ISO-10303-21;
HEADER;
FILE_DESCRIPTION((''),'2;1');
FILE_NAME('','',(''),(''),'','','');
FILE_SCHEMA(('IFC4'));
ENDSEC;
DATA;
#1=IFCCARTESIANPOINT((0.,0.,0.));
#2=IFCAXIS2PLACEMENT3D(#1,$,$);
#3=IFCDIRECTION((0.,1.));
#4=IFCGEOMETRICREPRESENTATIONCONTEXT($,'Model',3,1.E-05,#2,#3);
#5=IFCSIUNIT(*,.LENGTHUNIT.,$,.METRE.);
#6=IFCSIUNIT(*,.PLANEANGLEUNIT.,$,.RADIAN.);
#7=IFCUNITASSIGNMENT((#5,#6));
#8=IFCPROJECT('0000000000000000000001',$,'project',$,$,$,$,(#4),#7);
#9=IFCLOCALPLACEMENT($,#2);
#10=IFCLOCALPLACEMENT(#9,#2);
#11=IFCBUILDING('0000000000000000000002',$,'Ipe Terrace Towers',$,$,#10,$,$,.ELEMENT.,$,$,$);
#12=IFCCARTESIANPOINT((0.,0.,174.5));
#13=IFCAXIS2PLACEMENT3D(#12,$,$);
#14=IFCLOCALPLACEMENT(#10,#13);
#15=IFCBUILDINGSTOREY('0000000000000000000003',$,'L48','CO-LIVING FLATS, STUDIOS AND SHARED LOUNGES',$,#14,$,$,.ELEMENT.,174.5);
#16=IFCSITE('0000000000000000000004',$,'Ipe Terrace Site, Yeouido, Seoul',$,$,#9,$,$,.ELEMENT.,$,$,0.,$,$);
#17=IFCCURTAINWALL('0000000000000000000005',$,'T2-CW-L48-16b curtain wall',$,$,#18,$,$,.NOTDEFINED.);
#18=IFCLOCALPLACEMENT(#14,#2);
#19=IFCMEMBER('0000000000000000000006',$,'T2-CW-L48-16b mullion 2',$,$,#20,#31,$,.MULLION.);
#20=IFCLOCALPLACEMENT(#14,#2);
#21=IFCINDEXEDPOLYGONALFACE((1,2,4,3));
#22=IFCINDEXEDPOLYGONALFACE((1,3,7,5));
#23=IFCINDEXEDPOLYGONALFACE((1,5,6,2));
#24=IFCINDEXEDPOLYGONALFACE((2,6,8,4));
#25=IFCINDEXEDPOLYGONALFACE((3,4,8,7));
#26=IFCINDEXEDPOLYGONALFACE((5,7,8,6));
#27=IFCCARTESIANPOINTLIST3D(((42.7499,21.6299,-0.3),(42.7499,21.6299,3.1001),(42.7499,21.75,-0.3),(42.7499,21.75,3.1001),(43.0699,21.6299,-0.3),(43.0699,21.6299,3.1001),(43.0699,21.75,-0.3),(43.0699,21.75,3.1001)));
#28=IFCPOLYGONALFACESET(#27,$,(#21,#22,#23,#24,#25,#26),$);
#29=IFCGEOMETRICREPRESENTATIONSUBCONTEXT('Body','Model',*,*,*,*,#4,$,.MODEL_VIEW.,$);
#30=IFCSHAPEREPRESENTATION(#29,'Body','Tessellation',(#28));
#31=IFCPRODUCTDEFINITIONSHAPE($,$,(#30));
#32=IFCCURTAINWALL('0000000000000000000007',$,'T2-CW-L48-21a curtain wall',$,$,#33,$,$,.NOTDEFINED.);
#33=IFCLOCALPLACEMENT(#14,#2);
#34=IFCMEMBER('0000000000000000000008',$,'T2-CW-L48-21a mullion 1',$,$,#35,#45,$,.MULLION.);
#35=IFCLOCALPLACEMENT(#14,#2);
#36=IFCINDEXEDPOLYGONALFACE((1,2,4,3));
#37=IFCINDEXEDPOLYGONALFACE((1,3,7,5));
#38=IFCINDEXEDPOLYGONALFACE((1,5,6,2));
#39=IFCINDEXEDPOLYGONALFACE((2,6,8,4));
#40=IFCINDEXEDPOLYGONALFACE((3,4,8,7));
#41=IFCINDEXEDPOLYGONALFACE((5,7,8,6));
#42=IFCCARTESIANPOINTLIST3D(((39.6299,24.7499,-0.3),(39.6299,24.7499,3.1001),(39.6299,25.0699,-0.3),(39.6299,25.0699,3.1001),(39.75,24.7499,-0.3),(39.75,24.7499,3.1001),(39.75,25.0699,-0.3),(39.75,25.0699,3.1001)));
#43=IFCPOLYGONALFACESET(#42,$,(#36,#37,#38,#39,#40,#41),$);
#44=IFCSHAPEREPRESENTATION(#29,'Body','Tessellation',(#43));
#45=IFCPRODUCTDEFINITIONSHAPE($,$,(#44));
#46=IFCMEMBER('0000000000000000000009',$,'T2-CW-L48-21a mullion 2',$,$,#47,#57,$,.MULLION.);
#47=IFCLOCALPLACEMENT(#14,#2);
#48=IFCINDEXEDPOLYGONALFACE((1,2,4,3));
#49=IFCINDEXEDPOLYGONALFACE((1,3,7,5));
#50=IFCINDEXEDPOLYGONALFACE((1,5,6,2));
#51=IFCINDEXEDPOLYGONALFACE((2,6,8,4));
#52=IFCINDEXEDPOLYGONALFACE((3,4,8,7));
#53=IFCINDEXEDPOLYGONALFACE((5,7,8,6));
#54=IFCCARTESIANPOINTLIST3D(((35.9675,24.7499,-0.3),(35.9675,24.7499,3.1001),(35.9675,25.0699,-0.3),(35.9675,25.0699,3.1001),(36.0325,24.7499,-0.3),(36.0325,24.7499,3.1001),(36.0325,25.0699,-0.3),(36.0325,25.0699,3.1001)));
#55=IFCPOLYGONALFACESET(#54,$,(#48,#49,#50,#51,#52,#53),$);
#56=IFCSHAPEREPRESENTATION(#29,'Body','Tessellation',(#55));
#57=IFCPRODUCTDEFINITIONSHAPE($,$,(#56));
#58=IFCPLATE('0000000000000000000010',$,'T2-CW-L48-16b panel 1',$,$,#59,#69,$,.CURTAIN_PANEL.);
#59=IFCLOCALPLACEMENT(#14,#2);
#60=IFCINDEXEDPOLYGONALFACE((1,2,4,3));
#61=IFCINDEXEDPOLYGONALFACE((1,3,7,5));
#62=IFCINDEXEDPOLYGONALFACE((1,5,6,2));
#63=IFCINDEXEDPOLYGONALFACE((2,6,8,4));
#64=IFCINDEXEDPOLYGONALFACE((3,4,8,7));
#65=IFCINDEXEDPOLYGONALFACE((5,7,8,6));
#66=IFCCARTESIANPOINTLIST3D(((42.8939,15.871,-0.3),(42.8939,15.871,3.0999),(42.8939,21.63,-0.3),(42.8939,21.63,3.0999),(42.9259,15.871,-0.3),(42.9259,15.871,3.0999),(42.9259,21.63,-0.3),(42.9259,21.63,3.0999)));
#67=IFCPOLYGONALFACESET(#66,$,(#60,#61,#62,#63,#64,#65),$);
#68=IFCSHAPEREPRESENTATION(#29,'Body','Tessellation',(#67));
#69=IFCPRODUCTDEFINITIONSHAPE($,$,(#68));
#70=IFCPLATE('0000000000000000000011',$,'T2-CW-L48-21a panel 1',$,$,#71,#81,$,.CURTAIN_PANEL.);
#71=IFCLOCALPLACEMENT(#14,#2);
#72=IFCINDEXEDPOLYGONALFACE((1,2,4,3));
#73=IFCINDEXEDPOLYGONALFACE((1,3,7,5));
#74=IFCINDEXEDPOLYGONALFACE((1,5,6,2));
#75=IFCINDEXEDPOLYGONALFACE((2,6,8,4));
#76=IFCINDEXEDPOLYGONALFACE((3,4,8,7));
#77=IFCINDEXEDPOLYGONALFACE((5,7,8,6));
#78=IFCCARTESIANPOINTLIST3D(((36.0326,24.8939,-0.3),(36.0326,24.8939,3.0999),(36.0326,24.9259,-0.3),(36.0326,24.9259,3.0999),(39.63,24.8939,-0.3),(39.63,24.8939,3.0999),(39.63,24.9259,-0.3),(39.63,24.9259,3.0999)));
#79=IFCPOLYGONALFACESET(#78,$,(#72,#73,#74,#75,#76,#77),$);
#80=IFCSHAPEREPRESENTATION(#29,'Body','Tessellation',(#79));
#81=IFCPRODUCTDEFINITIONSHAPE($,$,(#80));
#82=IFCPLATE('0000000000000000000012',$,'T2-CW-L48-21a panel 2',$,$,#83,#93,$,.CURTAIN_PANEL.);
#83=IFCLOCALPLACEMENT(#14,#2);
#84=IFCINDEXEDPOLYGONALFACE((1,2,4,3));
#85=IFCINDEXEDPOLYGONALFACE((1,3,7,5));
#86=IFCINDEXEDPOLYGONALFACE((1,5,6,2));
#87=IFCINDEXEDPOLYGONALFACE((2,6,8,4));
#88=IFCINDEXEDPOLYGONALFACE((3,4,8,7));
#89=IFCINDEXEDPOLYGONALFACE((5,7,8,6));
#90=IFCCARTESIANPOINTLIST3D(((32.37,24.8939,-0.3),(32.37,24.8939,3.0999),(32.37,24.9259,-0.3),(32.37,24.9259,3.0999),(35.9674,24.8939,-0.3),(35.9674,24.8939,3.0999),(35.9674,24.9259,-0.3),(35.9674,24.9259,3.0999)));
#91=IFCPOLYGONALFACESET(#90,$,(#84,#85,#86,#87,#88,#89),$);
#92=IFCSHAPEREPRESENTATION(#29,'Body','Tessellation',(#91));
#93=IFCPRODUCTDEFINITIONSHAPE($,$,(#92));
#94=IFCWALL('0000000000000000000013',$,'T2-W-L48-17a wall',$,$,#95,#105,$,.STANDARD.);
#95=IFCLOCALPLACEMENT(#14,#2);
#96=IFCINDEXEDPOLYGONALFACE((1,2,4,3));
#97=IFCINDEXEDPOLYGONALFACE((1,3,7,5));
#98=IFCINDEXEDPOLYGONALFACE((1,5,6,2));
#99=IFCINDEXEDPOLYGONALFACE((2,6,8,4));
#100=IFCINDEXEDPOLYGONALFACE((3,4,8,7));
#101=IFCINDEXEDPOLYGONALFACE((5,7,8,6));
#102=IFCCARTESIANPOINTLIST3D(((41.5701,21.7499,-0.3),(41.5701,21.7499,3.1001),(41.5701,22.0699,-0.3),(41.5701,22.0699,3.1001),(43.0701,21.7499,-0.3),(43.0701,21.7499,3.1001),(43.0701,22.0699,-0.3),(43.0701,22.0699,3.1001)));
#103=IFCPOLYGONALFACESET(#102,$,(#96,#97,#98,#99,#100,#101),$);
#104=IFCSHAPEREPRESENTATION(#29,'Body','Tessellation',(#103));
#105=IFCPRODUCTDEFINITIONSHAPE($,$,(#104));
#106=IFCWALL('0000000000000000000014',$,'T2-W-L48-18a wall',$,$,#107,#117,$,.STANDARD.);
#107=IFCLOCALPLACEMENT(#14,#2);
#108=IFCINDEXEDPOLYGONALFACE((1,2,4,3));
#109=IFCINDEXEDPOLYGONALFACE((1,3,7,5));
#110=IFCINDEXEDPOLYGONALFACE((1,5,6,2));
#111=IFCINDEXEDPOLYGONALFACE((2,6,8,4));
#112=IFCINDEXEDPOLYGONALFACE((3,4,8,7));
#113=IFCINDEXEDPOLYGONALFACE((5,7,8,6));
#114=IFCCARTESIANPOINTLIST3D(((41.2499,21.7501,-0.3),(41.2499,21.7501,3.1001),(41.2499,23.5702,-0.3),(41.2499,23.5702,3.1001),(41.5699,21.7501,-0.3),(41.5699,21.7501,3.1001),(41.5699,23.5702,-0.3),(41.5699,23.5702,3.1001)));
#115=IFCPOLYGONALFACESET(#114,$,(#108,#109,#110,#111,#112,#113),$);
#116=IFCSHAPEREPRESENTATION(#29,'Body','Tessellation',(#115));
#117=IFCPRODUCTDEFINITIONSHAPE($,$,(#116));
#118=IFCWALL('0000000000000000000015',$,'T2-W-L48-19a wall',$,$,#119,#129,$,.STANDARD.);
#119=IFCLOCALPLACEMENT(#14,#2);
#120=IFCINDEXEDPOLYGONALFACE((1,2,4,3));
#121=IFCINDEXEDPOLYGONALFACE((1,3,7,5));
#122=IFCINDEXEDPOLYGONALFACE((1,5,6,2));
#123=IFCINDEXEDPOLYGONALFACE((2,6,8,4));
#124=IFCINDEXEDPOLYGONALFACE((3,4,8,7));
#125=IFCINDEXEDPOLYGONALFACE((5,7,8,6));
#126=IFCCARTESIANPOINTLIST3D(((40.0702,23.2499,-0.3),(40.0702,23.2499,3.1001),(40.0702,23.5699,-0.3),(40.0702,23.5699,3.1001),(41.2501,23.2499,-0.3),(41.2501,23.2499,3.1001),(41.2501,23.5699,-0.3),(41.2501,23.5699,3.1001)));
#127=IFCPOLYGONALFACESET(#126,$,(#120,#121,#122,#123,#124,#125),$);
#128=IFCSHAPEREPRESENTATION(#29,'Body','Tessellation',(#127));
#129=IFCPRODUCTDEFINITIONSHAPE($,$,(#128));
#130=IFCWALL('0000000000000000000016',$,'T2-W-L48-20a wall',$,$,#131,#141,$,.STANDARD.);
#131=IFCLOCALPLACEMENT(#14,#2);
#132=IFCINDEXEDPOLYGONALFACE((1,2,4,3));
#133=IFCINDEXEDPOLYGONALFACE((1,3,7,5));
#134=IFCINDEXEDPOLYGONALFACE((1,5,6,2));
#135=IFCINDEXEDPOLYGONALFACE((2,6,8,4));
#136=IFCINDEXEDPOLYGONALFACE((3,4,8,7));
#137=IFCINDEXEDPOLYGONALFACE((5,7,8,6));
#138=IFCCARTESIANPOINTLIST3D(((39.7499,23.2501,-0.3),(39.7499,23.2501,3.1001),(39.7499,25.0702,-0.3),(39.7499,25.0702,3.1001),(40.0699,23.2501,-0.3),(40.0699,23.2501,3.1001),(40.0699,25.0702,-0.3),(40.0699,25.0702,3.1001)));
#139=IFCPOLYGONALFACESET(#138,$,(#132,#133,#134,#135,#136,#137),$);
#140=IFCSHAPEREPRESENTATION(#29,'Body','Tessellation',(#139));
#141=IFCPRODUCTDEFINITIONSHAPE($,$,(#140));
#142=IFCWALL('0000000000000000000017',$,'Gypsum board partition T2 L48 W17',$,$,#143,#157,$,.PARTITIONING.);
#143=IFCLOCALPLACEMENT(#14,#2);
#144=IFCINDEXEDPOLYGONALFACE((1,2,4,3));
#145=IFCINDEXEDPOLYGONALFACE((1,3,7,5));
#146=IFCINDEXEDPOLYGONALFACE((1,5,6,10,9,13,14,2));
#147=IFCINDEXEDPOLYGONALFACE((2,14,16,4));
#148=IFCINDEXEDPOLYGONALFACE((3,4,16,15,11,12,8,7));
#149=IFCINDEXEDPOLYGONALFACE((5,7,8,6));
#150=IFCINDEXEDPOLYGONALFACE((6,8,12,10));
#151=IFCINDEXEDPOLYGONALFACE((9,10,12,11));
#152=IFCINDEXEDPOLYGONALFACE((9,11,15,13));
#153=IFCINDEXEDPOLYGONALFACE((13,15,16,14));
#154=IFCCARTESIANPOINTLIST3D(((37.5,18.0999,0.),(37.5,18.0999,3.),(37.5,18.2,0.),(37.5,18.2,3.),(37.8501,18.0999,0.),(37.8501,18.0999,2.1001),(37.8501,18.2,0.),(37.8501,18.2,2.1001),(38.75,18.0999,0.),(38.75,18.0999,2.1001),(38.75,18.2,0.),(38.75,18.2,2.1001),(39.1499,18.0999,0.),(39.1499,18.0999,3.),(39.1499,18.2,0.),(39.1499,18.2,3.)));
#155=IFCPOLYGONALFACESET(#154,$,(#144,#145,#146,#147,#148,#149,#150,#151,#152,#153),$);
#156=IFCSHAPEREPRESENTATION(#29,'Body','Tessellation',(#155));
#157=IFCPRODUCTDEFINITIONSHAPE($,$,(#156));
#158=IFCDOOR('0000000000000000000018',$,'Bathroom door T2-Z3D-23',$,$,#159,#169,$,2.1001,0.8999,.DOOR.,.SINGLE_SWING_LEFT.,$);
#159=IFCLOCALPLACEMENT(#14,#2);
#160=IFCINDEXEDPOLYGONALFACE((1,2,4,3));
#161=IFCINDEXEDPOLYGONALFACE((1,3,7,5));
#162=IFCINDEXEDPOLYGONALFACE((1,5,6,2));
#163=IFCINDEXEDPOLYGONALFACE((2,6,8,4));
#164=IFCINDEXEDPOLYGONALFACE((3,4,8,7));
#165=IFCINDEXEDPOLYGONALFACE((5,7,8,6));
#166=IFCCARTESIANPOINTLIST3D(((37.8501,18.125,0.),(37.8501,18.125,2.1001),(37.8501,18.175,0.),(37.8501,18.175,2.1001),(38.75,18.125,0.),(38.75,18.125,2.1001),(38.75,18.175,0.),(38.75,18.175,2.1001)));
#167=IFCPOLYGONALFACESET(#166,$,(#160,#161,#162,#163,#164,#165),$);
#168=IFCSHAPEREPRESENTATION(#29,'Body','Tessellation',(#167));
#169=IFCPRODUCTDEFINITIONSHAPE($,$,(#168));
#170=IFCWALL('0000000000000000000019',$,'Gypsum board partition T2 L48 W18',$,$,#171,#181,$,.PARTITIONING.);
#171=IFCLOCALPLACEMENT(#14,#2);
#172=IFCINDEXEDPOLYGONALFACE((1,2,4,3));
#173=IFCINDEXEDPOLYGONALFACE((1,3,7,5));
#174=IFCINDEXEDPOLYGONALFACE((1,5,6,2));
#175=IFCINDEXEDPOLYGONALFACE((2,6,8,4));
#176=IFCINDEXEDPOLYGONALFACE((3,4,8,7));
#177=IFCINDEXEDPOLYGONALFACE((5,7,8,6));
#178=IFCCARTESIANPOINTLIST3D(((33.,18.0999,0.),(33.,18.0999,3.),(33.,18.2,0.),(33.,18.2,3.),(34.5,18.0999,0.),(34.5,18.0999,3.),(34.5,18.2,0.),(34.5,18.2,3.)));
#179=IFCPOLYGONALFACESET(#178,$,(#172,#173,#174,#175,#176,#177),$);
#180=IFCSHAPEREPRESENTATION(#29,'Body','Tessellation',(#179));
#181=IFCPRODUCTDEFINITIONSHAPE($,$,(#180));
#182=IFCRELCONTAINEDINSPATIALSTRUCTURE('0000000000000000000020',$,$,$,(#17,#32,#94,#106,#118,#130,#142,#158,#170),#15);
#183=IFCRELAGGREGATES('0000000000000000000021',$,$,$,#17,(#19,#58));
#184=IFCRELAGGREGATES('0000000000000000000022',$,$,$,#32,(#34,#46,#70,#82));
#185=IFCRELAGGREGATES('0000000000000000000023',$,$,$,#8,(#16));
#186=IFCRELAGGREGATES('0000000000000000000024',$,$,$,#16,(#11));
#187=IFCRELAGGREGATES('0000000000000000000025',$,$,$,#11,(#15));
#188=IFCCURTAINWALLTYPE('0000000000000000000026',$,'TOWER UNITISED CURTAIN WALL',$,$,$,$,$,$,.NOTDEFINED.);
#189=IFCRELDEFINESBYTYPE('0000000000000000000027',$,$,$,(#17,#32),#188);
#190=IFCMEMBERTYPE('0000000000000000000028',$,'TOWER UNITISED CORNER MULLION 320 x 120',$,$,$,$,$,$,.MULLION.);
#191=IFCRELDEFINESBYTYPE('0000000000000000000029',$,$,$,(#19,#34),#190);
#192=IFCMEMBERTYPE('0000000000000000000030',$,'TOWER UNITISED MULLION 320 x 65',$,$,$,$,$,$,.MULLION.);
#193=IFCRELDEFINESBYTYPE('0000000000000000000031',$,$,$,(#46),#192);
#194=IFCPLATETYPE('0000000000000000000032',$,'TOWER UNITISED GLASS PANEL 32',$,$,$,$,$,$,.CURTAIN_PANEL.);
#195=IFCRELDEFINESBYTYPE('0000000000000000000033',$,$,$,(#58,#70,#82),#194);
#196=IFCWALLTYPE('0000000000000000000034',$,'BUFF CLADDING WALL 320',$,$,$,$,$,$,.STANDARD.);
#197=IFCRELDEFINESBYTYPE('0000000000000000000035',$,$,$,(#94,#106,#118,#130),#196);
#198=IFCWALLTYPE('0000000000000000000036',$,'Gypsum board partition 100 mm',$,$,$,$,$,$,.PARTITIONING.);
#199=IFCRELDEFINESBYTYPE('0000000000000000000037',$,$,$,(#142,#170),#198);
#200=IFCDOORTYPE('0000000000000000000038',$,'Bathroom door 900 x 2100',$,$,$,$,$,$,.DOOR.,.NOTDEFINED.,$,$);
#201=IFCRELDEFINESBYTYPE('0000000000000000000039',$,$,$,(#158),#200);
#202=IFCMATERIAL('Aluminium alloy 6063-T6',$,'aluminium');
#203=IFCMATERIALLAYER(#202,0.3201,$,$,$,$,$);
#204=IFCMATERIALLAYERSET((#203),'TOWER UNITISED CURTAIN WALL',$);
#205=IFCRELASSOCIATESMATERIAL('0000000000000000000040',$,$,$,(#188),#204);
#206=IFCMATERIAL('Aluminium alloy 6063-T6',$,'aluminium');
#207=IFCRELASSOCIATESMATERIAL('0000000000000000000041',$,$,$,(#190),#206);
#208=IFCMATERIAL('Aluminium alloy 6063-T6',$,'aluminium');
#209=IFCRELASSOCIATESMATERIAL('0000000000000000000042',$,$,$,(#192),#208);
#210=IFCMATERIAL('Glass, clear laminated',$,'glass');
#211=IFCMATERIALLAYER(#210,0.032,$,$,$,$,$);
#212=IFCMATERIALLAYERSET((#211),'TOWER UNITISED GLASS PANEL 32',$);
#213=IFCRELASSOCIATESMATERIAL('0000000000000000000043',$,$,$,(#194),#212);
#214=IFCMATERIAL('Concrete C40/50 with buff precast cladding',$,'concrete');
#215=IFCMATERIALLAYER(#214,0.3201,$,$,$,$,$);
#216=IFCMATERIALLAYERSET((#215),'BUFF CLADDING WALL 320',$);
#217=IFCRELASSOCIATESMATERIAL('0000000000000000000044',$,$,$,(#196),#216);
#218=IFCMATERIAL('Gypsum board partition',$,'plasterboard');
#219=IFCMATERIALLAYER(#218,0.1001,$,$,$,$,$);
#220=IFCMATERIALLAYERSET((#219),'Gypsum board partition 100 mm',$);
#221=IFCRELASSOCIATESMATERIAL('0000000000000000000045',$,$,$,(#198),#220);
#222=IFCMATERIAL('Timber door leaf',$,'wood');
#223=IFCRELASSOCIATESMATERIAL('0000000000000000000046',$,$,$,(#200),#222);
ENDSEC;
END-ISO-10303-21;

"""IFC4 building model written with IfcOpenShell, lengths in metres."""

from ifc_helpers import new_model, si_unit, direction, frame, frame_2d, origin, origin_2d, place, context, subcontext, project, spatial, rectangle, extrude, material, layer, layer_set, material_profile, profile_set, type_object, element, fill, aggregate, save


model = new_model("IFC4")

# Units and contexts
model_context = context("Model", 3, precision=1e-05, world=origin(), true_north=direction((0.0, 1.0)))
body_context = subcontext(model_context, "Body", "Model", "MODEL_VIEW")
ifc_project = project(units=[si_unit("LENGTHUNIT", "METRE"), si_unit("PLANEANGLEUNIT", "RADIAN")], contexts=[model_context])

# Site, building, storey
site_placement = place(None, origin())
site = spatial("IfcSite", under=ifc_project, at=site_placement, Name="Ipe Terrace Site, Yeouido, Seoul", CompositionType="ELEMENT", RefElevation=0.0)
building_placement = place(site_placement, origin())
building = spatial("IfcBuilding", under=site, at=building_placement, Name="Ipe Terrace Towers", CompositionType="ELEMENT")
storey_placement = place(building_placement, frame((0.0, 0.0, 174.5)))
storey = spatial("IfcBuildingStorey", under=building, at=storey_placement, Name="L48", Description="CO-LIVING FLATS, STUDIOS AND SHARED LOUNGES", CompositionType="ELEMENT", Elevation=174.5)

# Curtain walls, members
ifc_material_1 = material(Name="Aluminium alloy 6063-T6", Category="aluminium")
ifc_layer_1 = layer(ifc_material_1, 0.3201)
ifc_layer_set_1 = layer_set([ifc_layer_1], Name="TOWER UNITISED CURTAIN WALL")
curtain_wall_type = type_object("IfcCurtainWallType", Name="TOWER UNITISED CURTAIN WALL", PredefinedType="NOTDEFINED", material=ifc_layer_set_1)
curtain_wall_1_placement = place(storey_placement, origin())
curtain_wall_1 = element("IfcCurtainWall", 1, at=curtain_wall_1_placement, inside=storey, type_object=curtain_wall_type, Name="T2-CW-L48-16b curtain wall", PredefinedType="NOTDEFINED")
ifc_material_2 = material(Name="Aluminium alloy 6063-T6", Category="aluminium")
ifc_material_profile_1 = material_profile(ifc_material_2, rectangle(XDim=0.3201, YDim=0.1201, at=origin_2d()), Name="TOWER UNITISED CORNER MULLION 320 x 120")
ifc_profile_set_1 = profile_set([ifc_material_profile_1], Name="Aluminium alloy 6063-T6")
member_type_1 = type_object("IfcMemberType", Name="TOWER UNITISED CORNER MULLION 320 x 120", PredefinedType="MULLION", material=ifc_profile_set_1)
member_1_placement = place(storey_placement, frame((42.9099, 21.6899, -0.3), z_axis=(0.0, 0.0, 1.0), x_axis=(1.0, 0.0, 0.0)))
member_1 = element("IfcMember", 2, at=member_1_placement, type_object=member_type_1, Name="T2-CW-L48-16b mullion 2", PredefinedType="MULLION", context=body_context, shape_type="SweptSolid", body=[
    extrude(rectangle(XDim=0.3201, YDim=0.1201, at=origin_2d()), origin(), (0.0, 0.0, 1.0), 3.4001),
])
curtain_wall_2_placement = place(storey_placement, origin())
curtain_wall_2 = element("IfcCurtainWall", 3, at=curtain_wall_2_placement, inside=storey, type_object=curtain_wall_type, Name="T2-CW-L48-21a curtain wall", PredefinedType="NOTDEFINED")
member_2_placement = place(storey_placement, frame((39.6899, 24.9099, -0.3), z_axis=(0.0, 0.0, 1.0), x_axis=(0.0, 1.0, 0.0)))
member_2 = element("IfcMember", 4, at=member_2_placement, type_object=member_type_1, Name="T2-CW-L48-21a mullion 1", PredefinedType="MULLION", context=body_context, shape_type="SweptSolid", body=[
    extrude(rectangle(XDim=0.3201, YDim=0.1201, at=origin_2d()), origin(), (0.0, 0.0, 1.0), 3.4001),
])
ifc_material_3 = material(Name="Aluminium alloy 6063-T6", Category="aluminium")
ifc_material_profile_2 = material_profile(ifc_material_3, rectangle(XDim=0.3201, YDim=0.0649, at=origin_2d()), Name="TOWER UNITISED MULLION 320 x 65")
ifc_profile_set_2 = profile_set([ifc_material_profile_2], Name="Aluminium alloy 6063-T6")
member_type_2 = type_object("IfcMemberType", Name="TOWER UNITISED MULLION 320 x 65", PredefinedType="MULLION", material=ifc_profile_set_2)
member_3_placement = place(storey_placement, frame((36.0, 24.9099, -0.3), z_axis=(0.0, 0.0, 1.0), x_axis=(0.0, 1.0, 0.0)))
member_3 = element("IfcMember", 5, at=member_3_placement, type_object=member_type_2, Name="T2-CW-L48-21a mullion 2", PredefinedType="MULLION", context=body_context, shape_type="SweptSolid", body=[
    extrude(rectangle(XDim=0.3201, YDim=0.0649, at=origin_2d()), origin(), (0.0, 0.0, 1.0), 3.4001),
])

# Plates
ifc_material_4 = material(Name="Glass, clear laminated", Category="glass")
ifc_layer_2 = layer(ifc_material_4, 0.032)
ifc_layer_set_2 = layer_set([ifc_layer_2], Name="TOWER UNITISED GLASS PANEL 32")
plate_type = type_object("IfcPlateType", Name="TOWER UNITISED GLASS PANEL 32", PredefinedType="CURTAIN_PANEL", material=ifc_layer_set_2)
plate_1_placement = place(storey_placement, frame((42.9099, 18.7505, -0.3), z_axis=(0.0, 0.0, 1.0), x_axis=(0.0, 1.0, 0.0)))
plate_1 = element("IfcPlate", 6, at=plate_1_placement, type_object=plate_type, Name="T2-CW-L48-16b panel 1", PredefinedType="CURTAIN_PANEL", context=body_context, shape_type="SweptSolid", body=[
    extrude(rectangle(XDim=5.759, YDim=0.032, at=origin_2d()), origin(), (0.0, 0.0, 1.0), 3.3999),
])
aggregate(curtain_wall_1, [member_1, plate_1])
plate_2_placement = place(storey_placement, frame((37.8313, 24.9099, -0.3), z_axis=(0.0, 0.0, 1.0), x_axis=(-1.0, 0.0, 0.0)))
plate_2 = element("IfcPlate", 7, at=plate_2_placement, type_object=plate_type, Name="T2-CW-L48-21a panel 1", PredefinedType="CURTAIN_PANEL", context=body_context, shape_type="SweptSolid", body=[
    extrude(rectangle(XDim=3.5974, YDim=0.032, at=origin_2d()), origin(), (0.0, 0.0, 1.0), 3.3999),
])
plate_3_placement = place(storey_placement, frame((34.1687, 24.9099, -0.3), z_axis=(0.0, 0.0, 1.0), x_axis=(-1.0, 0.0, 0.0)))
plate_3 = element("IfcPlate", 8, at=plate_3_placement, type_object=plate_type, Name="T2-CW-L48-21a panel 2", PredefinedType="CURTAIN_PANEL", context=body_context, shape_type="SweptSolid", body=[
    extrude(rectangle(XDim=3.5974, YDim=0.032, at=origin_2d()), origin(), (0.0, 0.0, 1.0), 3.3999),
])
aggregate(curtain_wall_2, [member_2, member_3, plate_2, plate_3])

# Walls
ifc_material_5 = material(Name="Concrete C40/50 with buff precast cladding", Category="concrete")
ifc_layer_3 = layer(ifc_material_5, 0.3201)
ifc_layer_set_3 = layer_set([ifc_layer_3], Name="BUFF CLADDING WALL 320")
wall_type_1 = type_object("IfcWallType", Name="BUFF CLADDING WALL 320", PredefinedType="STANDARD", material=ifc_layer_set_3)
wall_1_placement = place(storey_placement, frame((43.0701, 21.9099, -0.3), z_axis=(0.0, 0.0, 1.0), x_axis=(-1.0, 0.0, 0.0)))
element("IfcWall", 9, at=wall_1_placement, inside=storey, type_object=wall_type_1, Name="T2-W-L48-17a wall", PredefinedType="STANDARD", context=body_context, shape_type="SweptSolid", body=[
    extrude(rectangle(XDim=1.5, YDim=0.3201, at=frame_2d((0.75, 0.0))), origin(), (0.0, 0.0, 1.0), 3.4001),
])
wall_2_placement = place(storey_placement, frame((41.4099, 21.75, -0.3), z_axis=(0.0, 0.0, 1.0), x_axis=(0.0, 1.0, 0.0)))
element("IfcWall", 10, at=wall_2_placement, inside=storey, type_object=wall_type_1, Name="T2-W-L48-18a wall", PredefinedType="STANDARD", context=body_context, shape_type="SweptSolid", body=[
    extrude(rectangle(XDim=1.8201, YDim=0.3201, at=frame_2d((0.9102, 0.0))), origin(), (0.0, 0.0, 1.0), 3.4001),
])
wall_3_placement = place(storey_placement, frame((41.25, 23.4099, -0.3), z_axis=(0.0, 0.0, 1.0), x_axis=(-1.0, 0.0, 0.0)))
element("IfcWall", 11, at=wall_3_placement, inside=storey, type_object=wall_type_1, Name="T2-W-L48-19a wall", PredefinedType="STANDARD", context=body_context, shape_type="SweptSolid", body=[
    extrude(rectangle(XDim=1.1799, YDim=0.3201, at=frame_2d((0.5898, 0.0))), origin(), (0.0, 0.0, 1.0), 3.4001),
])
wall_4_placement = place(storey_placement, frame((39.9099, 23.25, -0.3), z_axis=(0.0, 0.0, 1.0), x_axis=(0.0, 1.0, 0.0)))
element("IfcWall", 12, at=wall_4_placement, inside=storey, type_object=wall_type_1, Name="T2-W-L48-20a wall", PredefinedType="STANDARD", context=body_context, shape_type="SweptSolid", body=[
    extrude(rectangle(XDim=1.8201, YDim=0.3201, at=frame_2d((0.9102, 0.0))), origin(), (0.0, 0.0, 1.0), 3.4001),
])

# Wall, opening, door
ifc_material_6 = material(Name="Gypsum board partition", Category="plasterboard")
ifc_layer_4 = layer(ifc_material_6, 0.1001)
ifc_layer_set_4 = layer_set([ifc_layer_4], Name="Gypsum board partition 100 mm")
wall_type_2 = type_object("IfcWallType", Name="Gypsum board partition 100 mm", PredefinedType="PARTITIONING", material=ifc_layer_set_4)
wall_5_placement = place(storey_placement, frame((39.1499, 18.1499, 0.0), z_axis=(0.0, 0.0, 1.0), x_axis=(-1.0, 0.0, 0.0)))
wall_5 = element("IfcWall", 13, at=wall_5_placement, inside=storey, type_object=wall_type_2, Name="Gypsum board partition T2 L48 W17", PredefinedType="PARTITIONING", context=body_context, shape_type="SweptSolid", body=[
    extrude(rectangle(XDim=1.6499, YDim=0.1001, at=frame_2d((0.825, 0.0))), origin(), (0.0, 0.0, 1.0), 3.0),
])
opening_1_placement = place(wall_5_placement, frame((0.3999, 0.0, 0.0)))
opening_1 = element("IfcOpeningElement", 14, at=opening_1_placement, cuts=wall_5, PredefinedType="OPENING", context=body_context, shape_type="SweptSolid", body=[
    extrude(rectangle(XDim=0.8999, YDim=2.1001, at=frame_2d((0.45, 1.05))), frame((0.0, 0.0601, 0.0), z_axis=(0.0, -1.0, 0.0), x_axis=(1.0, 0.0, 0.0)), (0.0, 0.0, 1.0), 0.1201),
])
ifc_material_7 = material(Name="Timber door leaf", Category="wood")
door_type_1 = type_object("IfcDoorType", Name="Bathroom door 900 x 2100", OperationType="NOTDEFINED", PredefinedType="DOOR", material=ifc_material_7)
door_1_placement = place(opening_1_placement, origin())
door_1 = element("IfcDoor", 15, at=door_1_placement, inside=storey, type_object=door_type_1, Name="Bathroom door T2-Z3D-23", OperationType="SINGLE_SWING_LEFT", OverallHeight=2.1001, OverallWidth=0.8999, PredefinedType="DOOR", context=body_context, shape_type="SweptSolid", body=[
    extrude(rectangle(XDim=0.8999, YDim=2.1001, at=frame_2d((0.45, 1.05))), frame((0.0, 0.0249, 0.0), z_axis=(0.0, -1.0, 0.0), x_axis=(1.0, 0.0, 0.0)), (0.0, 0.0, 1.0), 0.05),
])
fill(opening_1, door_1)

# Wall
wall_6_placement = place(storey_placement, frame((34.5, 18.1499, 0.0), z_axis=(0.0, 0.0, 1.0), x_axis=(-1.0, 0.0, 0.0)))
element("IfcWall", 16, at=wall_6_placement, inside=storey, type_object=wall_type_2, Name="Gypsum board partition T2 L48 W18", PredefinedType="PARTITIONING", context=body_context, shape_type="SweptSolid", body=[
    extrude(rectangle(XDim=1.5, YDim=0.1001, at=frame_2d((0.75, 0.0))), origin(), (0.0, 0.0, 1.0), 3.0),
])

save(model, "model.ifc")
